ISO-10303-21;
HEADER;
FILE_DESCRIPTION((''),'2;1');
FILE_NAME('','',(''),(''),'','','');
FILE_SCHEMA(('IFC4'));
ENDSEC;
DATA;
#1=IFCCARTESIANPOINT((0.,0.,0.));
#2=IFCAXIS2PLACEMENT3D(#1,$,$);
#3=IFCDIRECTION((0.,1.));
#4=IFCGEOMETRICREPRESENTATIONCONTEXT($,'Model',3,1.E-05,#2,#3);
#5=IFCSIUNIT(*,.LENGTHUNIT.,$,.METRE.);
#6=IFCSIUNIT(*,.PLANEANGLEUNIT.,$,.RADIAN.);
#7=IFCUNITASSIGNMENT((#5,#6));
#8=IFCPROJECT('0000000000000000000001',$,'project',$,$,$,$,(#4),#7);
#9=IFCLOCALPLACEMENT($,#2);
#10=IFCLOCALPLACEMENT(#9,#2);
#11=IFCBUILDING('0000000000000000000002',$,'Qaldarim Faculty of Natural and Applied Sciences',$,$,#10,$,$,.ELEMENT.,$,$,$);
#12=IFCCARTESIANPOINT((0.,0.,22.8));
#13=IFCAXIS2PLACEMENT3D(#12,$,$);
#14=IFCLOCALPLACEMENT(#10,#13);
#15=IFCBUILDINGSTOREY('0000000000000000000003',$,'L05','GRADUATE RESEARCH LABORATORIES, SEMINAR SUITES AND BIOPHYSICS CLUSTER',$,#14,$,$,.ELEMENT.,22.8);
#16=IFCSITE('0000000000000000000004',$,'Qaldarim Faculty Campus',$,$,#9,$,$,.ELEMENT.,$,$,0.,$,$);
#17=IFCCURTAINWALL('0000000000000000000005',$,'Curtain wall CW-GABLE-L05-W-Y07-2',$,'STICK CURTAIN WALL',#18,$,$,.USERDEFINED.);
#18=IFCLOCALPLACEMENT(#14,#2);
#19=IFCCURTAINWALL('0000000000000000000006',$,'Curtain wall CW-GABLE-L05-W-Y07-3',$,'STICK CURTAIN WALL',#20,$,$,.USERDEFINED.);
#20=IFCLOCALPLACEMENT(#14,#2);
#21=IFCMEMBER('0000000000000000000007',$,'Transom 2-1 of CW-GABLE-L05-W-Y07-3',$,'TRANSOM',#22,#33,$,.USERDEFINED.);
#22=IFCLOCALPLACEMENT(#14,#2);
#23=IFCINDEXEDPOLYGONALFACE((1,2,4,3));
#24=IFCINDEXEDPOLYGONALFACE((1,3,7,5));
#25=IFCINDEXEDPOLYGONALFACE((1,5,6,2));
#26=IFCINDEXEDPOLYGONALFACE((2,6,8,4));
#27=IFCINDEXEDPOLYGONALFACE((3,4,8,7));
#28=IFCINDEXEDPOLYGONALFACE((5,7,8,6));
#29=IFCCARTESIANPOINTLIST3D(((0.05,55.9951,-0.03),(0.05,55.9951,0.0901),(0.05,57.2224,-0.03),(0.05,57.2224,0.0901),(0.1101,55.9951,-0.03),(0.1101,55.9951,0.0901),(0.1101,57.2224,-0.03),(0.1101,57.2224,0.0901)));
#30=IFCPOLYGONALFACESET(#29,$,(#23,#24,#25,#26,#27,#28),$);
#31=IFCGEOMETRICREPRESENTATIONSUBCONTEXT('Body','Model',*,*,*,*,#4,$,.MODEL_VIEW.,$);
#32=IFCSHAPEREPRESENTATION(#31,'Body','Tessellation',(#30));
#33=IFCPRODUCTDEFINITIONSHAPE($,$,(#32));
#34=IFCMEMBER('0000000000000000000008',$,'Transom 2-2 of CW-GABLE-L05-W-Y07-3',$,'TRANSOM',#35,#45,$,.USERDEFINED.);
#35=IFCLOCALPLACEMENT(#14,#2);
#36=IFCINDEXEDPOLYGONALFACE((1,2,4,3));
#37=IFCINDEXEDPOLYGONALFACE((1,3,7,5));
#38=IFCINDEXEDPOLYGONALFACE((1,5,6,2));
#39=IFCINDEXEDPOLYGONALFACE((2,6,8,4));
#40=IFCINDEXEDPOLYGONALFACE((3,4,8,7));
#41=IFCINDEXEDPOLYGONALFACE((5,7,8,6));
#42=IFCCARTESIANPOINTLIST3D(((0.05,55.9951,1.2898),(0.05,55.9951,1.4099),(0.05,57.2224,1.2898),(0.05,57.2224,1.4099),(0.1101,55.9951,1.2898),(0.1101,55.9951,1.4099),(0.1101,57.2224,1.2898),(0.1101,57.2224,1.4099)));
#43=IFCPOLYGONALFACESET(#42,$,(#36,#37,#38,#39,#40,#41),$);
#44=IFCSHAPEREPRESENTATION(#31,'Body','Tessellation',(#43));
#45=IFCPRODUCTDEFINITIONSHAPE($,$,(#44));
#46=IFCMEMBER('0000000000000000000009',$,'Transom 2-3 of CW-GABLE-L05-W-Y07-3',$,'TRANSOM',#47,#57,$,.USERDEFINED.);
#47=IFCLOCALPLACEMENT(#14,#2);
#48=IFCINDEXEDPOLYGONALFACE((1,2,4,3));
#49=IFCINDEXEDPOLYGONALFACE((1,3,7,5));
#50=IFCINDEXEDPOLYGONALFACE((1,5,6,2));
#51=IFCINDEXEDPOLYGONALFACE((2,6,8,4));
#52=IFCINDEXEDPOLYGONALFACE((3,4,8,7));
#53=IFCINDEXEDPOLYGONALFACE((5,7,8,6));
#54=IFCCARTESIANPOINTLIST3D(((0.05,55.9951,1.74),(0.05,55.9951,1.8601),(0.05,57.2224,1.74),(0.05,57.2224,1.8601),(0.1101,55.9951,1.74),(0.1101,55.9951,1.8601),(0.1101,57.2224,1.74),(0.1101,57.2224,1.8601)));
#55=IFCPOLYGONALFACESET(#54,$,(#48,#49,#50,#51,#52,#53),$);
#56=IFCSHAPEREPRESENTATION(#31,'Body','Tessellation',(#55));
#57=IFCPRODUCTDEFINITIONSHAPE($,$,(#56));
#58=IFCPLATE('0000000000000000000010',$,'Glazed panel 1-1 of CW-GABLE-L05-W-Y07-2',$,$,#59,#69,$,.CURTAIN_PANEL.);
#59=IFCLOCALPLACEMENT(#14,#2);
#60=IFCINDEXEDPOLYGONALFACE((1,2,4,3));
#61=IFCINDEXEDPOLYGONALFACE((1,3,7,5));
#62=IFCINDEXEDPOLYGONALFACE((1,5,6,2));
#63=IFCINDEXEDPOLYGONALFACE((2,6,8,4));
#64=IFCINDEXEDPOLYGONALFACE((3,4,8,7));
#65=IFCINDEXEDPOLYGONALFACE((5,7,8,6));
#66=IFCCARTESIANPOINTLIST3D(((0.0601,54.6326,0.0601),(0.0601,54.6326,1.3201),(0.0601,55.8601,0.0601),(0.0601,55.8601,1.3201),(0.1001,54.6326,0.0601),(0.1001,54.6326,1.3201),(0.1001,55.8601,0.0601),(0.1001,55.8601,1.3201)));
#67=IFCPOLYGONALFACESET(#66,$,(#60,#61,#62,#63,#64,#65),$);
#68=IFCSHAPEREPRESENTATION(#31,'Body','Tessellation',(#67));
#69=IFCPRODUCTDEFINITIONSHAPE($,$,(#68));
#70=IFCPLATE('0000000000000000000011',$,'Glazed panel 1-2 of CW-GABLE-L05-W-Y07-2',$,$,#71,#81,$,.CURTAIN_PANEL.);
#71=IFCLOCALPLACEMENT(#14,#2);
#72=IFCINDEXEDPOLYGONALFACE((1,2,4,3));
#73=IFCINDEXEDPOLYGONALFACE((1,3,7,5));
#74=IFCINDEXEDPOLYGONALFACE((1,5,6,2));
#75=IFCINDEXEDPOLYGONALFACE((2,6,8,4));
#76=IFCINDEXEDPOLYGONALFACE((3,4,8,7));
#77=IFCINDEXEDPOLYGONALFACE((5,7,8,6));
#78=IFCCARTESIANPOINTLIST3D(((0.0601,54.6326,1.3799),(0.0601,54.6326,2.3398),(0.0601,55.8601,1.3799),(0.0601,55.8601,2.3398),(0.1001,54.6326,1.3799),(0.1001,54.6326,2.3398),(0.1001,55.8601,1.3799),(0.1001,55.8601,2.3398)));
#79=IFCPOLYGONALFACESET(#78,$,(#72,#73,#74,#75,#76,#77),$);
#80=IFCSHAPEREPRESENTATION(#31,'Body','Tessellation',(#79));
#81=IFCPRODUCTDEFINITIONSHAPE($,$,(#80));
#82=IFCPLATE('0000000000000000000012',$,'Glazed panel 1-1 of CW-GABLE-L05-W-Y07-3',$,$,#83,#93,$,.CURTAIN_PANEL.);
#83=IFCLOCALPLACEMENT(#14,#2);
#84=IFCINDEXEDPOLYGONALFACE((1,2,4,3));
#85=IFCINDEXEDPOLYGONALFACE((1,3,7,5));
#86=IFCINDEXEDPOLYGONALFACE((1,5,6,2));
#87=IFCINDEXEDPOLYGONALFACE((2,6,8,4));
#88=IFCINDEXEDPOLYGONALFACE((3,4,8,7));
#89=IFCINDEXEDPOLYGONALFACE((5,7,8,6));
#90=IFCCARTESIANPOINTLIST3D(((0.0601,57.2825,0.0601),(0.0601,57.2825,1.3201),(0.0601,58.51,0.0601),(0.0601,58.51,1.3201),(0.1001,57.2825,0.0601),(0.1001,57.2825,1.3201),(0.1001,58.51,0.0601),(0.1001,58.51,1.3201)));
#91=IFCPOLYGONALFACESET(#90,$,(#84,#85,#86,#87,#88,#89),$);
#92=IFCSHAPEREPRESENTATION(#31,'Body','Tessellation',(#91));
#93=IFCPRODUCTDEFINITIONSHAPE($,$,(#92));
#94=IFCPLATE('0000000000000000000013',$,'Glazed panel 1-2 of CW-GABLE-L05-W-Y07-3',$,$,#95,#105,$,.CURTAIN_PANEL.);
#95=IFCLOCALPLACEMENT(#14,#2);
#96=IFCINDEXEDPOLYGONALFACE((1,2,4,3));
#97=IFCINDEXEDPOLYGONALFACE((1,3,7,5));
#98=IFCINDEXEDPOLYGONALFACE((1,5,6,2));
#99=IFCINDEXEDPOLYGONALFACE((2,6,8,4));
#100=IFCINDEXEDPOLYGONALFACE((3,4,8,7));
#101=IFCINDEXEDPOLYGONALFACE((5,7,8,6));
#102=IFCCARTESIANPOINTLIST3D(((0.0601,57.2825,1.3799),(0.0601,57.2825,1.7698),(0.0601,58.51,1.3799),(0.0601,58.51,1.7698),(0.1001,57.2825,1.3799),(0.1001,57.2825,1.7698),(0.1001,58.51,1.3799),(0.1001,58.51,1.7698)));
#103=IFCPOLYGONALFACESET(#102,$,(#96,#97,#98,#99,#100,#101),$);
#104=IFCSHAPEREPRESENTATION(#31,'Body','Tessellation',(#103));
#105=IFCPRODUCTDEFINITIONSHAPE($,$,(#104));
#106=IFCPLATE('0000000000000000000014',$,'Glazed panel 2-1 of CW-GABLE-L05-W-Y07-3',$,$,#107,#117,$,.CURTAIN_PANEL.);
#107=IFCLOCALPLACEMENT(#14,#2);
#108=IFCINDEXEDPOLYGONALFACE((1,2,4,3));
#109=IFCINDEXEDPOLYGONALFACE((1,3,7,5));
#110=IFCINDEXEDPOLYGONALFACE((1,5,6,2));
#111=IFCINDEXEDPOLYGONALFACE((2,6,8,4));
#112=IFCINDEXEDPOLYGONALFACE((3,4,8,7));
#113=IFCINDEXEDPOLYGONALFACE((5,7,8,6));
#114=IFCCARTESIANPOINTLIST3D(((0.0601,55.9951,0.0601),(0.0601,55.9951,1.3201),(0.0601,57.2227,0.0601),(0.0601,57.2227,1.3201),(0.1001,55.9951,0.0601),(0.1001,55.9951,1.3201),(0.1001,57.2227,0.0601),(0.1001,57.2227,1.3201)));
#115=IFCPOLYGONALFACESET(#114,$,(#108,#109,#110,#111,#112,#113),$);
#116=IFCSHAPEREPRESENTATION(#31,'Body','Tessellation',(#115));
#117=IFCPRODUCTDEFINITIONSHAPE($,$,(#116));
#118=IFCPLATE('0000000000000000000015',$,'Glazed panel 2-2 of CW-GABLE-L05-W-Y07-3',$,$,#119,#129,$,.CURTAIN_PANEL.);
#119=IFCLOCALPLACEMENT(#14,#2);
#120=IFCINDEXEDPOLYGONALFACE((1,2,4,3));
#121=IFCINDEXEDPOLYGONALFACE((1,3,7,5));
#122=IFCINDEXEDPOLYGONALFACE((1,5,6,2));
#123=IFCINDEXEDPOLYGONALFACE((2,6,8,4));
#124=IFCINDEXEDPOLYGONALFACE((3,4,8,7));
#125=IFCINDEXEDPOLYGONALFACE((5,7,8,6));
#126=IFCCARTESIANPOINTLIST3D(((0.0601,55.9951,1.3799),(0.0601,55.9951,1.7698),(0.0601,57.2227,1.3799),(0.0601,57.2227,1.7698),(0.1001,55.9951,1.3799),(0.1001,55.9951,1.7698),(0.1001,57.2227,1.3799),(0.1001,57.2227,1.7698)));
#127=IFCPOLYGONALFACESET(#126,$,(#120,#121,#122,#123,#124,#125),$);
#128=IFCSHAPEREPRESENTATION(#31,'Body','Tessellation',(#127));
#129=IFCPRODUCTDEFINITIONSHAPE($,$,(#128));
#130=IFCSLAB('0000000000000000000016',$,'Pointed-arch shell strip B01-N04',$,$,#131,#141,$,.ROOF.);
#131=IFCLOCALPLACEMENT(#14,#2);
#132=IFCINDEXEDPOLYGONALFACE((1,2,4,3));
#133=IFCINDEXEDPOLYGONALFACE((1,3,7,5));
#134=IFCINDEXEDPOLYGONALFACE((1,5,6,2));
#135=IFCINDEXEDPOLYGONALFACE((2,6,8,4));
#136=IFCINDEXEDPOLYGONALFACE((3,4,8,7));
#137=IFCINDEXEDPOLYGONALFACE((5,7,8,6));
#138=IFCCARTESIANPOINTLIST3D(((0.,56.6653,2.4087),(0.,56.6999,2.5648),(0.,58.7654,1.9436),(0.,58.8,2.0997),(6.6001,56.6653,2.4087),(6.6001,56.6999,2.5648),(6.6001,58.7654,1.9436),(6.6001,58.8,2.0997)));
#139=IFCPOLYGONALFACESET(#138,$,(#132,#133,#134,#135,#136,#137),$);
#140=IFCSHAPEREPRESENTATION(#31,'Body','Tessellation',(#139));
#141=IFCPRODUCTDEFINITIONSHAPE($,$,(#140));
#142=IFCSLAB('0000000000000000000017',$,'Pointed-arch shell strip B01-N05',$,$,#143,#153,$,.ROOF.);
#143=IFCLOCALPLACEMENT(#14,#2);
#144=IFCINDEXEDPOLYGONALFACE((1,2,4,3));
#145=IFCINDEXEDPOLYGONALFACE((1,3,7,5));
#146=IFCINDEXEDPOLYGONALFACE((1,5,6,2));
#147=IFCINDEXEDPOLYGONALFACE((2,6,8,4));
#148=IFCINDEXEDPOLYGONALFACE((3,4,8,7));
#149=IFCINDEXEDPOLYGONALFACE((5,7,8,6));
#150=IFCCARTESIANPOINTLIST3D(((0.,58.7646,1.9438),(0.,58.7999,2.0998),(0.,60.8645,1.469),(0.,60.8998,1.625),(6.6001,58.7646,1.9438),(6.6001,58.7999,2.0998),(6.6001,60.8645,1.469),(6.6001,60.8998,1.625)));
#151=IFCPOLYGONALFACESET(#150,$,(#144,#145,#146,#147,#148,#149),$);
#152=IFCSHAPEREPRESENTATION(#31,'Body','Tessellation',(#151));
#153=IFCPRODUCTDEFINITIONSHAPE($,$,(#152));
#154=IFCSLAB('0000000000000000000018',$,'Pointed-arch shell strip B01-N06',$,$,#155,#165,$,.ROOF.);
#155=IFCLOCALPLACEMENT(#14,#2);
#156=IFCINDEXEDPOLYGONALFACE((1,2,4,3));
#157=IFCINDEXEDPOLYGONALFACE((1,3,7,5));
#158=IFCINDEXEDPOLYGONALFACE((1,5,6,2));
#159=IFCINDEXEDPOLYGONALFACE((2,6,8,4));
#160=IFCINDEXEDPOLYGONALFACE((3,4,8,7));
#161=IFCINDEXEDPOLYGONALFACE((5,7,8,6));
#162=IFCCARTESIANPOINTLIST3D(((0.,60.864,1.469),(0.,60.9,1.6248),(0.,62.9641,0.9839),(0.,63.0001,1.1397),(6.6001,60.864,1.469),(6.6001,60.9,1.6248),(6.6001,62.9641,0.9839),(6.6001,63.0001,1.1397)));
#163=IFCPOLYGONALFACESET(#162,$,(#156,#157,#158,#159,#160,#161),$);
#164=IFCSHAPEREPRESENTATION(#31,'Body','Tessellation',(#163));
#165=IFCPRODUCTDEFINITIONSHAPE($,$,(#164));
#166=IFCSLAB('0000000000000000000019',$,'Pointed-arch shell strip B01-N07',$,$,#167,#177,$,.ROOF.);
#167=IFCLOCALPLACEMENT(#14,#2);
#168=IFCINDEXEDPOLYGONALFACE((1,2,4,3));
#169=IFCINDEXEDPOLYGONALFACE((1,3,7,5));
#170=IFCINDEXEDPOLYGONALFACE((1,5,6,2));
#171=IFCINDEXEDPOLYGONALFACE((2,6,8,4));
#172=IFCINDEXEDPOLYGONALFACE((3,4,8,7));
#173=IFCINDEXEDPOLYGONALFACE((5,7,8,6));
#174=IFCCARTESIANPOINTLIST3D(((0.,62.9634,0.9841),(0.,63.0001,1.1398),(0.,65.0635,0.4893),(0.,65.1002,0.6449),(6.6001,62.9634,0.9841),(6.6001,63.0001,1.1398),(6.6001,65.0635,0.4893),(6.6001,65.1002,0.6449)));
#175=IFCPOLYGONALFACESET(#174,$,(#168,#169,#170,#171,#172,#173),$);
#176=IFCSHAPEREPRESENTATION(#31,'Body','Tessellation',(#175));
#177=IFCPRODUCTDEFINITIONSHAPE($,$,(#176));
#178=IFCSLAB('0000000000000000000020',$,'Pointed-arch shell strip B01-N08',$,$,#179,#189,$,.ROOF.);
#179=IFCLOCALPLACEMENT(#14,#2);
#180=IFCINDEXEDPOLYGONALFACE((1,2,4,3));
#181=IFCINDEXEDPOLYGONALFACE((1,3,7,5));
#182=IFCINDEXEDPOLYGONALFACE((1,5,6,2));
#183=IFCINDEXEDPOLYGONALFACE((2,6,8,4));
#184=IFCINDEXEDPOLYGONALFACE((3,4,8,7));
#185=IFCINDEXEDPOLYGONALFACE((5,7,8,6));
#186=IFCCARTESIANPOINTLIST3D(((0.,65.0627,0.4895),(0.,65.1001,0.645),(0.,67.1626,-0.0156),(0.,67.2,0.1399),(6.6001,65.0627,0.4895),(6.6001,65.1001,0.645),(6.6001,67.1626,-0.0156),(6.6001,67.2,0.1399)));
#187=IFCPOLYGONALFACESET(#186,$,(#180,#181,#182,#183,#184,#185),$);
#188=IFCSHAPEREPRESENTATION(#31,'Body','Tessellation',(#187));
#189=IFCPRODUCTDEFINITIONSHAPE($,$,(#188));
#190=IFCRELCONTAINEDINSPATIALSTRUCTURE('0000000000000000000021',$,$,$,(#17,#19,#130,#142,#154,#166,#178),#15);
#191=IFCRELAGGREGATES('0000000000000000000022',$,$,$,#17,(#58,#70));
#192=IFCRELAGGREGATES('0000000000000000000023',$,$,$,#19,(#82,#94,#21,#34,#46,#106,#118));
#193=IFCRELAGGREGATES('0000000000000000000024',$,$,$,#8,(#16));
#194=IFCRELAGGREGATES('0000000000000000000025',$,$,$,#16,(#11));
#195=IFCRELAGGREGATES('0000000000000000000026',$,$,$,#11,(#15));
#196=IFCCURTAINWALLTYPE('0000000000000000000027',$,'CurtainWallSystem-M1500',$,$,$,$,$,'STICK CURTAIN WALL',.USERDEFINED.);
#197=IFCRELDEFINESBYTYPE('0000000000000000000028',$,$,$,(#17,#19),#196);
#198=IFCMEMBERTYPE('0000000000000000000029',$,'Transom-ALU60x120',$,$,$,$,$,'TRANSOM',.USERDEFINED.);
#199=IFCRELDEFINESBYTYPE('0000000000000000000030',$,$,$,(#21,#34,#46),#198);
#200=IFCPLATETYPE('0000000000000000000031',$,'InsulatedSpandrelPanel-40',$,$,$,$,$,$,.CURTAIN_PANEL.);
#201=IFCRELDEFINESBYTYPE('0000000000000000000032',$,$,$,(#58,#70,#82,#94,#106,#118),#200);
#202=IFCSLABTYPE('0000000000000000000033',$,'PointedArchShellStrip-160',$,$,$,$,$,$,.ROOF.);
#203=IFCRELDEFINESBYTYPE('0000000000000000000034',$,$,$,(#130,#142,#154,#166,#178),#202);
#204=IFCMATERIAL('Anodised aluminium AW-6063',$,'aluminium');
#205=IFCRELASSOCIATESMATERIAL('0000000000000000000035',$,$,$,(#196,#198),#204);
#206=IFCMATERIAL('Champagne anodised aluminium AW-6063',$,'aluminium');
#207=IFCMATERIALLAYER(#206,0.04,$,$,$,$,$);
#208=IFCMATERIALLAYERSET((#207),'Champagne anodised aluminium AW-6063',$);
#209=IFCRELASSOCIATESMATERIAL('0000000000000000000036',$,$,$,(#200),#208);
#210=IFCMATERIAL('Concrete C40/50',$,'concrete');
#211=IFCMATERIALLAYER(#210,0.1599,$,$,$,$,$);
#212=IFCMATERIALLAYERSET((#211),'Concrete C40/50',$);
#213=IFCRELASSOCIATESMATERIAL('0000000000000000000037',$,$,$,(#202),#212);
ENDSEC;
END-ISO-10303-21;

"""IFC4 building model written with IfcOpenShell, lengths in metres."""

from ifc_helpers import new_model, si_unit, direction, frame, origin, origin_2d, place, context, subcontext, project, spatial, polyline, rectangle, outline, extrude, material, layer, layer_set, material_profile, profile_set, type_object, element, aggregate, save


model = new_model("IFC4")

# Units and contexts
model_context = context("Model", 3, precision=1e-05, world=origin(), true_north=direction((0.0, 1.0)))
body_context = subcontext(model_context, "Body", "Model", "MODEL_VIEW")
ifc_project = project(units=[si_unit("LENGTHUNIT", "METRE"), si_unit("PLANEANGLEUNIT", "RADIAN")], contexts=[model_context])

# Site, building, storey
site_placement = place(None, origin())
site = spatial("IfcSite", under=ifc_project, at=site_placement, Name="Qaldarim Faculty Campus", CompositionType="ELEMENT", RefElevation=0.0)
building_placement = place(site_placement, origin())
building = spatial("IfcBuilding", under=site, at=building_placement, Name="Qaldarim Faculty of Natural and Applied Sciences", CompositionType="ELEMENT")
storey_placement = place(building_placement, frame((0.0, 0.0, 22.8)))
storey = spatial("IfcBuildingStorey", under=building, at=storey_placement, Name="L05", Description="GRADUATE RESEARCH LABORATORIES, SEMINAR SUITES AND BIOPHYSICS CLUSTER", CompositionType="ELEMENT", Elevation=22.8)

# Shared definitions
ifc_material_1 = material(Name="Concrete C40/50", Category="concrete")

# Curtain walls
ifc_material_2 = material(Name="Anodised aluminium AW-6063", Category="aluminium")
curtain_wall_type = type_object("IfcCurtainWallType", Name="CurtainWallSystem-M1500", ElementType="STICK CURTAIN WALL", PredefinedType="USERDEFINED", material=ifc_material_2)
curtain_wall_1_placement = place(storey_placement, origin())
curtain_wall_1 = element("IfcCurtainWall", 1, at=curtain_wall_1_placement, inside=storey, type_object=curtain_wall_type, Name="Curtain wall CW-GABLE-L05-W-Y07-2", ObjectType="STICK CURTAIN WALL", PredefinedType="USERDEFINED")
curtain_wall_2_placement = place(storey_placement, origin())
curtain_wall_2 = element("IfcCurtainWall", 2, at=curtain_wall_2_placement, inside=storey, type_object=curtain_wall_type, Name="Curtain wall CW-GABLE-L05-W-Y07-3", ObjectType="STICK CURTAIN WALL", PredefinedType="USERDEFINED")

# Members
ifc_material_profile_1 = material_profile(ifc_material_2, rectangle(XDim=0.0601, YDim=0.1201, at=origin_2d()), Name="ALU-T60x120")
ifc_profile_set_1 = profile_set([ifc_material_profile_1], Name="Anodised aluminium AW-6063")
member_type_1 = type_object("IfcMemberType", Name="Transom-ALU60x120", ElementType="TRANSOM", PredefinedType="USERDEFINED", material=ifc_profile_set_1)
member_1_placement = place(storey_placement, frame((0.0801, 57.2224, 0.03), z_axis=(0.0, -1.0, 0.0), x_axis=(1.0, 0.0, 0.0)))
member_1 = element("IfcMember", 3, at=member_1_placement, type_object=member_type_1, Name="Transom 2-1 of CW-GABLE-L05-W-Y07-3", ObjectType="TRANSOM", PredefinedType="USERDEFINED", context=body_context, shape_type="SweptSolid", body=[
    extrude(rectangle(XDim=0.0601, YDim=0.1201, at=origin_2d()), origin(), (0.0, 0.0, 1.0), 1.2273),
])
member_2_placement = place(storey_placement, frame((0.0801, 57.2224, 1.3499), z_axis=(0.0, -1.0, 0.0), x_axis=(1.0, 0.0, 0.0)))
member_2 = element("IfcMember", 4, at=member_2_placement, type_object=member_type_1, Name="Transom 2-2 of CW-GABLE-L05-W-Y07-3", ObjectType="TRANSOM", PredefinedType="USERDEFINED", context=body_context, shape_type="SweptSolid", body=[
    extrude(rectangle(XDim=0.0601, YDim=0.1201, at=origin_2d()), origin(), (0.0, 0.0, 1.0), 1.2273),
])
member_3_placement = place(storey_placement, frame((0.0801, 57.2224, 1.8), z_axis=(0.0, -1.0, 0.0), x_axis=(1.0, 0.0, 0.0)))
member_3 = element("IfcMember", 5, at=member_3_placement, type_object=member_type_1, Name="Transom 2-3 of CW-GABLE-L05-W-Y07-3", ObjectType="TRANSOM", PredefinedType="USERDEFINED", context=body_context, shape_type="SweptSolid", body=[
    extrude(rectangle(XDim=0.0601, YDim=0.1201, at=origin_2d()), origin(), (0.0, 0.0, 1.0), 1.2273),
])

# Plates
ifc_material_3 = material(Name="Champagne anodised aluminium AW-6063", Category="aluminium")
ifc_layer_1 = layer(ifc_material_3, 0.04)
ifc_layer_set_1 = layer_set([ifc_layer_1], Name="Champagne anodised aluminium AW-6063")
plate_type = type_object("IfcPlateType", Name="InsulatedSpandrelPanel-40", PredefinedType="CURTAIN_PANEL", material=ifc_layer_set_1)
plate_1_placement = place(storey_placement, frame((0.0801, 55.2463, 0.0601), z_axis=(0.0, 0.0, 1.0), x_axis=(0.0, -1.0, 0.0)))
plate_1 = element("IfcPlate", 6, at=plate_1_placement, type_object=plate_type, Name="Glazed panel 1-1 of CW-GABLE-L05-W-Y07-2", PredefinedType="CURTAIN_PANEL", context=body_context, shape_type="SweptSolid", body=[
    extrude(rectangle(XDim=1.2275, YDim=0.04, at=origin_2d()), origin(), (0.0, 0.0, 1.0), 1.26),
])
plate_2_placement = place(storey_placement, frame((0.0801, 55.2463, 1.3799), z_axis=(0.0, 0.0, 1.0), x_axis=(0.0, -1.0, 0.0)))
plate_2 = element("IfcPlate", 7, at=plate_2_placement, type_object=plate_type, Name="Glazed panel 1-2 of CW-GABLE-L05-W-Y07-2", PredefinedType="CURTAIN_PANEL", context=body_context, shape_type="SweptSolid", body=[
    extrude(rectangle(XDim=1.2275, YDim=0.04, at=origin_2d()), origin(), (0.0, 0.0, 1.0), 0.96),
])
aggregate(curtain_wall_1, [plate_1, plate_2])
plate_3_placement = place(storey_placement, frame((0.0801, 57.8962, 0.0601), z_axis=(0.0, 0.0, 1.0), x_axis=(0.0, -1.0, 0.0)))
plate_3 = element("IfcPlate", 8, at=plate_3_placement, type_object=plate_type, Name="Glazed panel 1-1 of CW-GABLE-L05-W-Y07-3", PredefinedType="CURTAIN_PANEL", context=body_context, shape_type="SweptSolid", body=[
    extrude(rectangle(XDim=1.2275, YDim=0.04, at=origin_2d()), origin(), (0.0, 0.0, 1.0), 1.26),
])
plate_4_placement = place(storey_placement, frame((0.0801, 57.8962, 1.3799), z_axis=(0.0, 0.0, 1.0), x_axis=(0.0, -1.0, 0.0)))
plate_4 = element("IfcPlate", 9, at=plate_4_placement, type_object=plate_type, Name="Glazed panel 1-2 of CW-GABLE-L05-W-Y07-3", PredefinedType="CURTAIN_PANEL", context=body_context, shape_type="SweptSolid", body=[
    extrude(rectangle(XDim=1.2275, YDim=0.04, at=origin_2d()), origin(), (0.0, 0.0, 1.0), 0.3899),
])
plate_5_placement = place(storey_placement, frame((0.0801, 56.6089, 0.0601), z_axis=(0.0, 0.0, 1.0), x_axis=(0.0, -1.0, 0.0)))
plate_5 = element("IfcPlate", 10, at=plate_5_placement, type_object=plate_type, Name="Glazed panel 2-1 of CW-GABLE-L05-W-Y07-3", PredefinedType="CURTAIN_PANEL", context=body_context, shape_type="SweptSolid", body=[
    extrude(rectangle(XDim=1.2275, YDim=0.04, at=origin_2d()), origin(), (0.0, 0.0, 1.0), 1.26),
])
plate_6_placement = place(storey_placement, frame((0.0801, 56.6089, 1.3799), z_axis=(0.0, 0.0, 1.0), x_axis=(0.0, -1.0, 0.0)))
plate_6 = element("IfcPlate", 11, at=plate_6_placement, type_object=plate_type, Name="Glazed panel 2-2 of CW-GABLE-L05-W-Y07-3", PredefinedType="CURTAIN_PANEL", context=body_context, shape_type="SweptSolid", body=[
    extrude(rectangle(XDim=1.2275, YDim=0.04, at=origin_2d()), origin(), (0.0, 0.0, 1.0), 0.3899),
])
aggregate(curtain_wall_2, [plate_3, plate_4, member_1, member_2, member_3, plate_5, plate_6])

# Slabs
ifc_layer_2 = layer(ifc_material_1, 0.1599)
ifc_layer_set_2 = layer_set([ifc_layer_2], Name="Concrete C40/50")
slab_type = type_object("IfcSlabType", Name="PointedArchShellStrip-160", PredefinedType="ROOF", material=ifc_layer_set_2)
slab_1_placement = place(storey_placement, frame((0.0, 56.6653, 2.4087), z_axis=(0.0, 0.216221, 0.976344), x_axis=(1.0, 0.0, 0.0)))
element("IfcSlab", 12, at=slab_1_placement, inside=storey, type_object=slab_type, Name="Pointed-arch shell strip B01-N04", PredefinedType="ROOF", context=body_context, shape_type="SweptSolid", body=[
    extrude(outline(polyline([(0.0, 0.0), (6.6001, 0.0), (6.6001, 2.151), (0.0, 2.151), (0.0, 0.0)])), origin(), (0.0, 0.0, 1.0), 0.1599),
])
slab_2_placement = place(storey_placement, frame((0.0, 58.7646, 1.9438), z_axis=(0.0, 0.220567, 0.975372), x_axis=(1.0, 0.0, 0.0)))
element("IfcSlab", 13, at=slab_2_placement, inside=storey, type_object=slab_type, Name="Pointed-arch shell strip B01-N05", PredefinedType="ROOF", context=body_context, shape_type="SweptSolid", body=[
    extrude(outline(polyline([(0.0, 0.0), (6.6001, 0.0), (6.6001, 2.1529), (0.0, 2.1529), (0.0, 0.0)])), origin(), (0.0, 0.0, 1.0), 0.1599),
])
slab_3_placement = place(storey_placement, frame((0.0, 60.864, 1.469), z_axis=(0.0, 0.225066, 0.974343), x_axis=(1.0, 0.0, 0.0)))
element("IfcSlab", 14, at=slab_3_placement, inside=storey, type_object=slab_type, Name="Pointed-arch shell strip B01-N06", PredefinedType="ROOF", context=body_context, shape_type="SweptSolid", body=[
    extrude(outline(polyline([(0.0, 0.0), (6.6001, 0.0), (6.6001, 2.1554), (0.0, 2.1554), (0.0, 0.0)])), origin(), (0.0, 0.0, 1.0), 0.1599),
])
slab_4_placement = place(storey_placement, frame((0.0, 62.9634, 0.9841), z_axis=(0.0, 0.229361, 0.973341), x_axis=(1.0, 0.0, 0.0)))
element("IfcSlab", 15, at=slab_4_placement, inside=storey, type_object=slab_type, Name="Pointed-arch shell strip B01-N07", PredefinedType="ROOF", context=body_context, shape_type="SweptSolid", body=[
    extrude(outline(polyline([(0.0, 0.0), (6.6001, 0.0), (6.6001, 2.1576), (0.0, 2.1576), (0.0, 0.0)])), origin(), (0.0, 0.0, 1.0), 0.1599),
])
slab_5_placement = place(storey_placement, frame((0.0, 65.0627, 0.4895), z_axis=(0.0, 0.233882, 0.972265), x_axis=(1.0, 0.0, 0.0)))
element("IfcSlab", 16, at=slab_5_placement, inside=storey, type_object=slab_type, Name="Pointed-arch shell strip B01-N08", PredefinedType="ROOF", context=body_context, shape_type="SweptSolid", body=[
    extrude(outline(polyline([(0.0, 0.0), (6.6001, 0.0), (6.6001, 2.1598), (0.0, 2.1598), (0.0, 0.0)])), origin(), (0.0, 0.0, 1.0), 0.1599),
])

save(model, "model.ifc")
